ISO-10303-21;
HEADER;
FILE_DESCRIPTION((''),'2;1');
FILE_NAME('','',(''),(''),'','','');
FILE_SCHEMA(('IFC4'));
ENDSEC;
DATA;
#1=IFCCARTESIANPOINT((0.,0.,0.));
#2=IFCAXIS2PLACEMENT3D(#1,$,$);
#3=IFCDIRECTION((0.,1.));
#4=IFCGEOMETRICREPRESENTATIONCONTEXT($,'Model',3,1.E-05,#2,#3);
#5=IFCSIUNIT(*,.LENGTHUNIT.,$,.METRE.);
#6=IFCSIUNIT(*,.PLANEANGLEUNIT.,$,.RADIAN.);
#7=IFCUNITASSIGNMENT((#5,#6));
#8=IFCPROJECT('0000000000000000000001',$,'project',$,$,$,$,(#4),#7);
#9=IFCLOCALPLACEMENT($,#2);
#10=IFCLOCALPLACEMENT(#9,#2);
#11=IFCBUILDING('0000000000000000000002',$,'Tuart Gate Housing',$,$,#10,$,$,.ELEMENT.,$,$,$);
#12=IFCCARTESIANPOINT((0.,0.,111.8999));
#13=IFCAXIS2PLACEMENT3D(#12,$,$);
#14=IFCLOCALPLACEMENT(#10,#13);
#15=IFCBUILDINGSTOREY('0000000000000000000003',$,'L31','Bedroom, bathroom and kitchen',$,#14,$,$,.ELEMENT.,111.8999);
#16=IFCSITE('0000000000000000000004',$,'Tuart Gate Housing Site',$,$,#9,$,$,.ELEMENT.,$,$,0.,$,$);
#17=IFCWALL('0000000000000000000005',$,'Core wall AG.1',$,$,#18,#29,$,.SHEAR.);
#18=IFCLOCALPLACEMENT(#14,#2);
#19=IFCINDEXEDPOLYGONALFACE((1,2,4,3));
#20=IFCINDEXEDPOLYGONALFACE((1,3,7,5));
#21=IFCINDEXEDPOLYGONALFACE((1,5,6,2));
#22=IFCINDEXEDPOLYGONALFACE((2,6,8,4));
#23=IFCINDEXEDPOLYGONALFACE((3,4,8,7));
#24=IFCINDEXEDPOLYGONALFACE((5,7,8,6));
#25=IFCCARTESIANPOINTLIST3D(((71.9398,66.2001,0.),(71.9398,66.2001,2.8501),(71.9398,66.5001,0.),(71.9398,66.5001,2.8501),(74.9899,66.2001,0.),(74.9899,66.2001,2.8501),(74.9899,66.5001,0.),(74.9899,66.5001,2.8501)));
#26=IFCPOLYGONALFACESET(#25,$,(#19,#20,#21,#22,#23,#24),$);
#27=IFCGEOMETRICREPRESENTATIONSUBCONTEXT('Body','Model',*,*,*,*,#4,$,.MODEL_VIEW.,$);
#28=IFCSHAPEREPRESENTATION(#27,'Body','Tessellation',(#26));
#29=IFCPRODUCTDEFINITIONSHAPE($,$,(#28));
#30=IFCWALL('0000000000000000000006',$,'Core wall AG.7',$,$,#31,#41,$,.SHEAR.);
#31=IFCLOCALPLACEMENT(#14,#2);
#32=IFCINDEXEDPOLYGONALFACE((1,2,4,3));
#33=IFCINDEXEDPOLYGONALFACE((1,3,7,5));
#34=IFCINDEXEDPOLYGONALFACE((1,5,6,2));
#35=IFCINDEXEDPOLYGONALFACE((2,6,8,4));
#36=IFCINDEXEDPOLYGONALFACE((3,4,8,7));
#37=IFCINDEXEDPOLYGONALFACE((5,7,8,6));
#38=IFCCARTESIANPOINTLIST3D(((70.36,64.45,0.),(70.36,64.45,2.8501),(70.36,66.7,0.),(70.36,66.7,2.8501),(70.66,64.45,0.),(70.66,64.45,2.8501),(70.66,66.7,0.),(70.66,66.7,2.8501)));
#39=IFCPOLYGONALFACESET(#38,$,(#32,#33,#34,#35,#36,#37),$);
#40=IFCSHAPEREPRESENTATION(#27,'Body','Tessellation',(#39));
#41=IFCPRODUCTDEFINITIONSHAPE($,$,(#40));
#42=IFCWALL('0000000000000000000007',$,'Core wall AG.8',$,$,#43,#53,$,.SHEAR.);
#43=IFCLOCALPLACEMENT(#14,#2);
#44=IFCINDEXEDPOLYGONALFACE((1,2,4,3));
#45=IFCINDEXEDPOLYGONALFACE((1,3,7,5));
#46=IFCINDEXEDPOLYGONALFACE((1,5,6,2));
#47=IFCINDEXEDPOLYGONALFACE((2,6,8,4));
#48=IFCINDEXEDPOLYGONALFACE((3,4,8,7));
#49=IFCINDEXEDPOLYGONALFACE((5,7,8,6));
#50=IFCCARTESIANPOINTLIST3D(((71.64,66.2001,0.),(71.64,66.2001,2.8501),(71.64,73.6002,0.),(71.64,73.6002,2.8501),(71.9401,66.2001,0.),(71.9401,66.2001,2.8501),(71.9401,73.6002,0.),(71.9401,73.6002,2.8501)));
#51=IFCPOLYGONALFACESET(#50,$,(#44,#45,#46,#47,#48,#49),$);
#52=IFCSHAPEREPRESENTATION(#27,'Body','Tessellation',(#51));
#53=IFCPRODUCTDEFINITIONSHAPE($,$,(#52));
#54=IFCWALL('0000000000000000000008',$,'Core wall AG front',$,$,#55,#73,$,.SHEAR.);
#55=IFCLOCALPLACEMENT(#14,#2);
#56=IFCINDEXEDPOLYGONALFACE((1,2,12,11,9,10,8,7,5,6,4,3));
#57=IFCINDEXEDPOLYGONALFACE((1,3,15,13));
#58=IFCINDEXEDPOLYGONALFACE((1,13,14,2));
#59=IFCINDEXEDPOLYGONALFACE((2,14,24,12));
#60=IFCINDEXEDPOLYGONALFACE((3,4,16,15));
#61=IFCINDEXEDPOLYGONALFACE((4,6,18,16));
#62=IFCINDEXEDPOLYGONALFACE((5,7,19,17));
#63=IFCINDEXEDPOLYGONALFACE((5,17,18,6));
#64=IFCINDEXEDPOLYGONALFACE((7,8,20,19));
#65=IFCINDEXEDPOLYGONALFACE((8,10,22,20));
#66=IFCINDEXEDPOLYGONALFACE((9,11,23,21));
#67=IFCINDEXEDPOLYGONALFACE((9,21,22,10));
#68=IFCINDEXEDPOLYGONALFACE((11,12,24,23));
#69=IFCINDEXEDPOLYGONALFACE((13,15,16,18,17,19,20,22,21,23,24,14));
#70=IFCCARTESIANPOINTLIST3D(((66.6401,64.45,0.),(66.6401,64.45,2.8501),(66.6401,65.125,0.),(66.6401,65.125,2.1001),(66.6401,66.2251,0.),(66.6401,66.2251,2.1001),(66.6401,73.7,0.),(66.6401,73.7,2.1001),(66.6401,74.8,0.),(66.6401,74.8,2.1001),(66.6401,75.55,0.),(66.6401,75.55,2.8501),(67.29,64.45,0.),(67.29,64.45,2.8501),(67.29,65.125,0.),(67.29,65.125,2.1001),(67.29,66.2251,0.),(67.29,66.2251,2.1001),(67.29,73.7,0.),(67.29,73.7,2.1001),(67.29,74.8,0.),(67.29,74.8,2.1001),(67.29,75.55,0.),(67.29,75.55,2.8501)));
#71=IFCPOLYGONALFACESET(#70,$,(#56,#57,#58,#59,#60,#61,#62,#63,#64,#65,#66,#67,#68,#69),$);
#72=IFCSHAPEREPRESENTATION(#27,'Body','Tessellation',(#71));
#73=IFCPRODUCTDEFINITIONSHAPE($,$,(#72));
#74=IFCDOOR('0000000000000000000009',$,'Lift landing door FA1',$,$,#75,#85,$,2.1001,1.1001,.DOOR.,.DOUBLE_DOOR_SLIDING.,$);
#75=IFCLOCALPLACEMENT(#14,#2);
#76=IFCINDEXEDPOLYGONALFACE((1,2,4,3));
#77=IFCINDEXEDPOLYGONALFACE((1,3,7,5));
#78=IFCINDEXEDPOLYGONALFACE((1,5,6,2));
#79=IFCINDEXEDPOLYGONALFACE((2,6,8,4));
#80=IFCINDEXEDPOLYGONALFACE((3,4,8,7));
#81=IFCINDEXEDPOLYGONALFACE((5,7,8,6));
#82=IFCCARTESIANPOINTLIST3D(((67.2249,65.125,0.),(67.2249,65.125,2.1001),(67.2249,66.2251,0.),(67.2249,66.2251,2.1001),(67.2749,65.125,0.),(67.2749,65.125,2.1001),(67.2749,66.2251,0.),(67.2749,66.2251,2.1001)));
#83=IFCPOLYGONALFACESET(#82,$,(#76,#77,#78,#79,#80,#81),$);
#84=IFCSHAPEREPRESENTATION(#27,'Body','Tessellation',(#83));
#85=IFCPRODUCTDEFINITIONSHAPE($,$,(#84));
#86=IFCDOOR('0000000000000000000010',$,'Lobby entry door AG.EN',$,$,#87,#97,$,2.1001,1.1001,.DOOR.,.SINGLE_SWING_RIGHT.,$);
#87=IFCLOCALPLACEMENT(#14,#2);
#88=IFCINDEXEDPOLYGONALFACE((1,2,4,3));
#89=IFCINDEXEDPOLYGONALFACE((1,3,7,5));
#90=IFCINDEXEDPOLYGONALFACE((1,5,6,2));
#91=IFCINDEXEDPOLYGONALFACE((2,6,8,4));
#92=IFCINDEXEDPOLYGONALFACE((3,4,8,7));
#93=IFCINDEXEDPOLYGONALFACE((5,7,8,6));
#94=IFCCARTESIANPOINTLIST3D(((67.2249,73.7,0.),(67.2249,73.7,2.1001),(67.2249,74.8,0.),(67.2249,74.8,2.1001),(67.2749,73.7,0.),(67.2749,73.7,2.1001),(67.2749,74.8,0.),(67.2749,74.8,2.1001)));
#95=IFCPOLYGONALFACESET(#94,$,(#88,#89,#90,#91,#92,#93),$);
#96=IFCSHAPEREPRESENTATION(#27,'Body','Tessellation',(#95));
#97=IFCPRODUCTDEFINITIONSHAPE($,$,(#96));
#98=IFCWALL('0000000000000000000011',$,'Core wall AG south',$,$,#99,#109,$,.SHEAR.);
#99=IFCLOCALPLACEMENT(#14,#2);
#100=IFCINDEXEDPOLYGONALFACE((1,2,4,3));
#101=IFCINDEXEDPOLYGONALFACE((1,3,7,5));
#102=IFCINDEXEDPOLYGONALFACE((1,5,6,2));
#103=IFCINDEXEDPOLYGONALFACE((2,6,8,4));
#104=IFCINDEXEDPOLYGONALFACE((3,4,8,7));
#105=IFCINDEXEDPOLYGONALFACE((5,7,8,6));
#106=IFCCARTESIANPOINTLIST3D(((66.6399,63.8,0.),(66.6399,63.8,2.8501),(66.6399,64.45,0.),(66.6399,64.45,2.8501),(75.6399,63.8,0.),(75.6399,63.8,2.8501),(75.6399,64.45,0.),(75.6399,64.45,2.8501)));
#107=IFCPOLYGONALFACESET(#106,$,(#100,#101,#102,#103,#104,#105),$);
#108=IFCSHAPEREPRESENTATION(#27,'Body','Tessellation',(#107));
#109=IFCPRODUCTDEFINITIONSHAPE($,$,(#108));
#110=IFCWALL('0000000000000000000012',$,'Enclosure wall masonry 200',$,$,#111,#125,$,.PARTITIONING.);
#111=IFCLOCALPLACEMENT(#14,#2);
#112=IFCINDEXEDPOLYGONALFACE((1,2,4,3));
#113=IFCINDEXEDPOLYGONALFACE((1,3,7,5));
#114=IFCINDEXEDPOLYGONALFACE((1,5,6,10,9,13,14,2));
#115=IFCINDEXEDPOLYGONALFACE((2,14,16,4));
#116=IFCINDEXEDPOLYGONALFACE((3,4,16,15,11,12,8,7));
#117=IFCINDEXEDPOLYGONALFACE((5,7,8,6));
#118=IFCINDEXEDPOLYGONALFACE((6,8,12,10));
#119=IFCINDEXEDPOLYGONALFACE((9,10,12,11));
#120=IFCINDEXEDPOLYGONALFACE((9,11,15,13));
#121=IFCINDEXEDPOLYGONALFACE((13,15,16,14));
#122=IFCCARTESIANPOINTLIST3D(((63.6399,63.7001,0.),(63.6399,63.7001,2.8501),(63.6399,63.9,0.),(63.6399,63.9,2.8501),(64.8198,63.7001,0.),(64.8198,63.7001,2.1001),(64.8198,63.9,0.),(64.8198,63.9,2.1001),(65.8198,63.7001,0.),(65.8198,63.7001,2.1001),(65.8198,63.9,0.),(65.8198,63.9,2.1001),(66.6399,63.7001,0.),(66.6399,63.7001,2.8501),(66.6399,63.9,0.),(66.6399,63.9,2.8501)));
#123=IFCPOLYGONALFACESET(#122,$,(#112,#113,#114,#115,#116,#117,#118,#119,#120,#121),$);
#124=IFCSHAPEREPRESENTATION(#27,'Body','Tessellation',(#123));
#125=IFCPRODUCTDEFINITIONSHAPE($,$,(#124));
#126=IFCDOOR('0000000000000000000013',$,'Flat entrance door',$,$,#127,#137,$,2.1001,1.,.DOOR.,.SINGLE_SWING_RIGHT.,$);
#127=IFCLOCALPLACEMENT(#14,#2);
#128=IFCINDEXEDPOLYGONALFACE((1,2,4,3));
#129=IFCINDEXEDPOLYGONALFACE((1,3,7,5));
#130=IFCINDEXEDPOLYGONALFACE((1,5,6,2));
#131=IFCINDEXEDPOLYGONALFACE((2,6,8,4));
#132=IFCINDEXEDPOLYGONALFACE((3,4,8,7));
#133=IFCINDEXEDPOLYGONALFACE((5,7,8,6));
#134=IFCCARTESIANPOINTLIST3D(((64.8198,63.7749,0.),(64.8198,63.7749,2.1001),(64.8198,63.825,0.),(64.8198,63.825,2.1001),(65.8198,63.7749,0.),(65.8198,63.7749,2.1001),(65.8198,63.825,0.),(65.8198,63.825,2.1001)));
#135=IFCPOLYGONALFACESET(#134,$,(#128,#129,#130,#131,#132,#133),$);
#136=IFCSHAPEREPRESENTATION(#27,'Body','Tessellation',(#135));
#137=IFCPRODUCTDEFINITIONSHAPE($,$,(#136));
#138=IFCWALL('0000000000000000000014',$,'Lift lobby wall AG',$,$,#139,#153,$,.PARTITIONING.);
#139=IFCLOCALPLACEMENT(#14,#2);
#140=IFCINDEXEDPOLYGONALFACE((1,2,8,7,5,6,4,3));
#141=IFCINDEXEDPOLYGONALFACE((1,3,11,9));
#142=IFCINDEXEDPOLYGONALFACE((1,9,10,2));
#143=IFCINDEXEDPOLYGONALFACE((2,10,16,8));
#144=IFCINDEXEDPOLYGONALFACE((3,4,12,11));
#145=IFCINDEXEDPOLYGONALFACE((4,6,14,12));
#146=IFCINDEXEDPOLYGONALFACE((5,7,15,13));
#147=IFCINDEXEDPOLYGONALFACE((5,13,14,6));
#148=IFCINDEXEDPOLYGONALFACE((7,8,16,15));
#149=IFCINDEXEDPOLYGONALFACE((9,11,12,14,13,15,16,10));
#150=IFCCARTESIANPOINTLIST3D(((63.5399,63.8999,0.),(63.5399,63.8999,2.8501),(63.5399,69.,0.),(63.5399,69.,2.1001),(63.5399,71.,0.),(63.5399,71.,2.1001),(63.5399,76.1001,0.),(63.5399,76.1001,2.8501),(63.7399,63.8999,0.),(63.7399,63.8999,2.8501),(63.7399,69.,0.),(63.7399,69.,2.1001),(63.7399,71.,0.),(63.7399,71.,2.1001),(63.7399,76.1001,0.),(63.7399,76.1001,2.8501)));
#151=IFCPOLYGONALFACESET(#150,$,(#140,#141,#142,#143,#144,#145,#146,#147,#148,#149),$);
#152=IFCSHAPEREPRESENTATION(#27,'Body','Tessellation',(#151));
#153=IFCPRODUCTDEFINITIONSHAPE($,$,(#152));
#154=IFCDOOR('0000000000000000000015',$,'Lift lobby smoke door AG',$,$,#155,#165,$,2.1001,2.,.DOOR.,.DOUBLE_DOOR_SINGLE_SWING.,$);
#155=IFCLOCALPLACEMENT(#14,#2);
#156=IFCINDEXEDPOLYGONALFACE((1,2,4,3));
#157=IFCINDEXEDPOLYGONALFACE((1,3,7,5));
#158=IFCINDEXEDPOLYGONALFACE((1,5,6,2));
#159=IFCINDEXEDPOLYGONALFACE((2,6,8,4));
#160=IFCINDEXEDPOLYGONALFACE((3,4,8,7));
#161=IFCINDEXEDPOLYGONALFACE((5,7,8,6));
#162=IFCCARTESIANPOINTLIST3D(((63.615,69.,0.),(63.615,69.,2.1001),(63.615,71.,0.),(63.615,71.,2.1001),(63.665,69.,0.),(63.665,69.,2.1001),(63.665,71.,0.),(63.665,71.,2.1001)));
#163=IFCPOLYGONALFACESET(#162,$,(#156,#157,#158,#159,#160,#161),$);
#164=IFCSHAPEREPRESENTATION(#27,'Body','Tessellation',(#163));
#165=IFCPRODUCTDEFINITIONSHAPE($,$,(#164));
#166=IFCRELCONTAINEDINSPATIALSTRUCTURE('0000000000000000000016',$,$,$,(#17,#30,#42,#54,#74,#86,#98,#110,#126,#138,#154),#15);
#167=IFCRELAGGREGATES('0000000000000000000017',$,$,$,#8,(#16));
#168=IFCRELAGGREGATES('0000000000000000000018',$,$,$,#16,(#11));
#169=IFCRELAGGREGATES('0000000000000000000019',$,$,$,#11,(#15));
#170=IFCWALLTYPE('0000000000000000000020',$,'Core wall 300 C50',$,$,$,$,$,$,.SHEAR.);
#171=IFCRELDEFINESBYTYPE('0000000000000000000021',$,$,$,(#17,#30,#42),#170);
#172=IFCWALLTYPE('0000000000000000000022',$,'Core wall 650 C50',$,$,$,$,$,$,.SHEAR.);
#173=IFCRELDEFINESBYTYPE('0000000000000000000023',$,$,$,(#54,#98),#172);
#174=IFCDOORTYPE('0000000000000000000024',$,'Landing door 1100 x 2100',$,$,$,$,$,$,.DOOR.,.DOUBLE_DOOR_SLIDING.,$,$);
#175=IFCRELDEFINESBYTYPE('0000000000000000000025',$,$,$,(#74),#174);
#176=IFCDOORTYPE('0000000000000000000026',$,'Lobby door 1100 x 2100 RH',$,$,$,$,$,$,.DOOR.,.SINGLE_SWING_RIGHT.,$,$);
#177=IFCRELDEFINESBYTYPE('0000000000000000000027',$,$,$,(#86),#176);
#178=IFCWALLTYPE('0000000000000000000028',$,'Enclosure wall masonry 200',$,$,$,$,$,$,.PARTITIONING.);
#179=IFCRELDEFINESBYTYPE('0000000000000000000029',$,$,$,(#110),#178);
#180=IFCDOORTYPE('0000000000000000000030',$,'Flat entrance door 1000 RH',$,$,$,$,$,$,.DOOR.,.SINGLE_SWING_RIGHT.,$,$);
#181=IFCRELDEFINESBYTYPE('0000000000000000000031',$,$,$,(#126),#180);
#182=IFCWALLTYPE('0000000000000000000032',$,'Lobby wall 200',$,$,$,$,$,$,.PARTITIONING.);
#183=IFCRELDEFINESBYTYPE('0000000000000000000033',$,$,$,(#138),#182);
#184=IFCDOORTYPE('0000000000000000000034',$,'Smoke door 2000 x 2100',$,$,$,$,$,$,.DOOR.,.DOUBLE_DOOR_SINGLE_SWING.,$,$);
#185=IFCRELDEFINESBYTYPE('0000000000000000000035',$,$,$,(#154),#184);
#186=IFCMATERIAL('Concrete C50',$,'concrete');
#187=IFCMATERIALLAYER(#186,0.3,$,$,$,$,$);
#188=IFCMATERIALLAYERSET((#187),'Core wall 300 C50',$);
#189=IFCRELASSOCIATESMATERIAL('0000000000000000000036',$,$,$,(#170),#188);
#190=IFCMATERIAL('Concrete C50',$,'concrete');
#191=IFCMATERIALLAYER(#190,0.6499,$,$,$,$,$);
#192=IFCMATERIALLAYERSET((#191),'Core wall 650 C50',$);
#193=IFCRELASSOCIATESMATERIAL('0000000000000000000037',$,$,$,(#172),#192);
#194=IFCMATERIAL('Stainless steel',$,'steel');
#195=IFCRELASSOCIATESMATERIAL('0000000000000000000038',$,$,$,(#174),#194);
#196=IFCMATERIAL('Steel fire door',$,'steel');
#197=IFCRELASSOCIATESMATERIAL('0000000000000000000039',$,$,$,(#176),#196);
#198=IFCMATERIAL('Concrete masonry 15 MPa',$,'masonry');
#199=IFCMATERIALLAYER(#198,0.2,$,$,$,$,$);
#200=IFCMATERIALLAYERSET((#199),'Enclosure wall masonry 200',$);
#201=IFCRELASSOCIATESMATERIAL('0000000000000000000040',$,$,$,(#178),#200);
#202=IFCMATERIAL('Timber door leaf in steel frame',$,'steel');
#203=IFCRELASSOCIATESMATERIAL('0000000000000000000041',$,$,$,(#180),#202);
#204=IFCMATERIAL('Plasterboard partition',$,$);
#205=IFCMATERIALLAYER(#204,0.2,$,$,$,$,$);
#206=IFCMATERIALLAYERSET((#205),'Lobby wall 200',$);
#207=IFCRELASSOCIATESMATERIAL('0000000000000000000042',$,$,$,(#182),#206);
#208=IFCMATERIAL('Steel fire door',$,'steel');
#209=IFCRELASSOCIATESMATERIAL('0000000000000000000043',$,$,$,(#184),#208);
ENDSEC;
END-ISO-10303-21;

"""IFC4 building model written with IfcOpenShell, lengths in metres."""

from ifc_helpers import new_model, si_unit, direction, frame, frame_2d, origin, place, context, subcontext, project, spatial, rectangle, extrude, material, layer, layer_set, type_object, element, fill, save


model = new_model("IFC4")

# Units and contexts
model_context = context("Model", 3, precision=1e-05, world=origin(), true_north=direction((0.0, 1.0)))
body_context = subcontext(model_context, "Body", "Model", "MODEL_VIEW")
ifc_project = project(units=[si_unit("LENGTHUNIT", "METRE"), si_unit("PLANEANGLEUNIT", "RADIAN")], contexts=[model_context])

# Site, building, storey
site_placement = place(None, origin())
site = spatial("IfcSite", under=ifc_project, at=site_placement, Name="Tuart Gate Housing Site", CompositionType="ELEMENT", RefElevation=0.0)
building_placement = place(site_placement, origin())
building = spatial("IfcBuilding", under=site, at=building_placement, Name="Tuart Gate Housing", CompositionType="ELEMENT")
storey_placement = place(building_placement, frame((0.0, 0.0, 111.8999)))
storey = spatial("IfcBuildingStorey", under=building, at=storey_placement, Name="L31", Description="Bedroom, bathroom and kitchen", CompositionType="ELEMENT", Elevation=111.8999)

# Walls
ifc_material_1 = material(Name="Concrete C50", Category="concrete")
ifc_layer_1 = layer(ifc_material_1, 0.3)
ifc_layer_set_1 = layer_set([ifc_layer_1], Name="Core wall 300 C50")
wall_type_1 = type_object("IfcWallType", Name="Core wall 300 C50", PredefinedType="SHEAR", material=ifc_layer_set_1)
wall_1_placement = place(storey_placement, frame((71.9399, 66.3501, 0.0), z_axis=(0.0, 0.0, 1.0), x_axis=(1.0, 0.0, 0.0)))
element("IfcWall", 1, at=wall_1_placement, inside=storey, type_object=wall_type_1, Name="Core wall AG.1", PredefinedType="SHEAR", context=body_context, shape_type="SweptSolid", body=[
    extrude(rectangle(XDim=3.05, YDim=0.3, at=frame_2d((1.5249, 0.0))), origin(), (0.0, 0.0, 1.0), 2.8501),
])
wall_2_placement = place(storey_placement, frame((70.51, 64.45, 0.0), z_axis=(0.0, 0.0, 1.0), x_axis=(0.0, 1.0, 0.0)))
element("IfcWall", 2, at=wall_2_placement, inside=storey, type_object=wall_type_1, Name="Core wall AG.7", PredefinedType="SHEAR", context=body_context, shape_type="SweptSolid", body=[
    extrude(rectangle(XDim=2.25, YDim=0.3, at=frame_2d((1.125, 0.0))), origin(), (0.0, 0.0, 1.0), 2.8501),
])
wall_3_placement = place(storey_placement, frame((71.79, 66.2, 0.0), z_axis=(0.0, 0.0, 1.0), x_axis=(0.0, 1.0, 0.0)))
element("IfcWall", 3, at=wall_3_placement, inside=storey, type_object=wall_type_1, Name="Core wall AG.8", PredefinedType="SHEAR", context=body_context, shape_type="SweptSolid", body=[
    extrude(rectangle(XDim=7.4001, YDim=0.3, at=frame_2d((3.7002, 0.0))), origin(), (0.0, 0.0, 1.0), 2.8501),
])

# Wall, openings, doors
ifc_material_2 = material(Name="Concrete C50", Category="concrete")
ifc_layer_2 = layer(ifc_material_2, 0.6499)
ifc_layer_set_2 = layer_set([ifc_layer_2], Name="Core wall 650 C50")
wall_type_2 = type_object("IfcWallType", Name="Core wall 650 C50", PredefinedType="SHEAR", material=ifc_layer_set_2)
wall_4_placement = place(storey_placement, frame((66.9651, 64.45, 0.0), z_axis=(0.0, 0.0, 1.0), x_axis=(0.0, 1.0, 0.0)))
wall_4 = element("IfcWall", 4, at=wall_4_placement, inside=storey, type_object=wall_type_2, Name="Core wall AG front", PredefinedType="SHEAR", context=body_context, shape_type="SweptSolid", body=[
    extrude(rectangle(XDim=11.1001, YDim=0.6499, at=frame_2d((5.55, 0.0))), origin(), (0.0, 0.0, 1.0), 2.8501),
])
opening_1_placement = place(wall_4_placement, frame((0.675, 0.0, 0.0)))
opening_1 = element("IfcOpeningElement", 5, at=opening_1_placement, cuts=wall_4, PredefinedType="OPENING", context=body_context, shape_type="SweptSolid", body=[
    extrude(rectangle(XDim=1.1001, YDim=2.1001, at=frame_2d((0.55, 1.05))), frame((0.0, 0.335, 0.0), z_axis=(0.0, -1.0, 0.0), x_axis=(1.0, 0.0, 0.0)), (0.0, 0.0, 1.0), 0.6699),
])
opening_2_placement = place(wall_4_placement, frame((9.25, 0.0, 0.0)))
opening_2 = element("IfcOpeningElement", 6, at=opening_2_placement, cuts=wall_4, PredefinedType="OPENING", context=body_context, shape_type="SweptSolid", body=[
    extrude(rectangle(XDim=1.1001, YDim=2.1001, at=frame_2d((0.55, 1.05))), frame((0.0, 0.335, 0.0), z_axis=(0.0, -1.0, 0.0), x_axis=(1.0, 0.0, 0.0)), (0.0, 0.0, 1.0), 0.6699),
])
ifc_material_3 = material(Name="Stainless steel", Category="steel")
door_type_1 = type_object("IfcDoorType", Name="Landing door 1100 x 2100", OperationType="DOUBLE_DOOR_SLIDING", PredefinedType="DOOR", material=ifc_material_3)
door_1_placement = place(opening_1_placement, origin())
door_1 = element("IfcDoor", 7, at=door_1_placement, inside=storey, type_object=door_type_1, Name="Lift landing door FA1", OperationType="DOUBLE_DOOR_SLIDING", OverallHeight=2.1001, OverallWidth=1.1001, PredefinedType="DOOR", context=body_context, shape_type="SweptSolid", body=[
    extrude(rectangle(XDim=1.1001, YDim=2.1001, at=frame_2d((0.55, 1.05))), frame((0.0, -0.2598, 0.0), z_axis=(0.0, -1.0, 0.0), x_axis=(1.0, 0.0, 0.0)), (0.0, 0.0, 1.0), 0.05),
])
fill(opening_1, door_1)
ifc_material_4 = material(Name="Steel fire door", Category="steel")
door_type_2 = type_object("IfcDoorType", Name="Lobby door 1100 x 2100 RH", OperationType="SINGLE_SWING_RIGHT", PredefinedType="DOOR", material=ifc_material_4)
door_2_placement = place(opening_2_placement, frame((1.1001, 0.0, 0.0), z_axis=(0.0, 0.0, 1.0), x_axis=(-1.0, 0.0, 0.0)))
door_2 = element("IfcDoor", 8, at=door_2_placement, inside=storey, type_object=door_type_2, Name="Lobby entry door AG.EN", OperationType="SINGLE_SWING_RIGHT", OverallHeight=2.1001, OverallWidth=1.1001, PredefinedType="DOOR", context=body_context, shape_type="SweptSolid", body=[
    extrude(rectangle(XDim=1.1001, YDim=2.1001, at=frame_2d((0.55, 1.05))), frame((0.0, 0.3098, 0.0), z_axis=(0.0, -1.0, 0.0), x_axis=(1.0, 0.0, 0.0)), (0.0, 0.0, 1.0), 0.05),
])
fill(opening_2, door_2)

# Wall
wall_5_placement = place(storey_placement, frame((66.6399, 64.125, 0.0), z_axis=(0.0, 0.0, 1.0), x_axis=(1.0, 0.0, 0.0)))
element("IfcWall", 9, at=wall_5_placement, inside=storey, type_object=wall_type_2, Name="Core wall AG south", PredefinedType="SHEAR", context=body_context, shape_type="SweptSolid", body=[
    extrude(rectangle(XDim=9.0, YDim=0.6499, at=frame_2d((4.5, 0.0))), origin(), (0.0, 0.0, 1.0), 2.8501),
])

# Walls, openings, doors
ifc_material_5 = material(Name="Concrete masonry 15 MPa", Category="masonry")
ifc_layer_3 = layer(ifc_material_5, 0.2)
ifc_layer_set_3 = layer_set([ifc_layer_3], Name="Enclosure wall masonry 200")
wall_type_3 = type_object("IfcWallType", Name="Enclosure wall masonry 200", PredefinedType="PARTITIONING", material=ifc_layer_set_3)
wall_6_placement = place(storey_placement, frame((63.6399, 63.8, 0.0), z_axis=(0.0, 0.0, 1.0), x_axis=(1.0, 0.0, 0.0)))
wall_6 = element("IfcWall", 10, at=wall_6_placement, inside=storey, type_object=wall_type_3, Name="Enclosure wall masonry 200", PredefinedType="PARTITIONING", context=body_context, shape_type="SweptSolid", body=[
    extrude(rectangle(XDim=3.0, YDim=0.2, at=frame_2d((1.5, 0.0))), origin(), (0.0, 0.0, 1.0), 2.8501),
])
opening_3_placement = place(wall_6_placement, frame((1.1799, 0.0, 0.0)))
opening_3 = element("IfcOpeningElement", 11, at=opening_3_placement, cuts=wall_6, PredefinedType="OPENING", context=body_context, shape_type="SweptSolid", body=[
    extrude(rectangle(XDim=1.0, YDim=2.1001, at=frame_2d((0.5, 1.05))), frame((0.0, 0.1099, 0.0), z_axis=(0.0, -1.0, 0.0), x_axis=(1.0, 0.0, 0.0)), (0.0, 0.0, 1.0), 0.22),
])
ifc_material_6 = material(Name="Timber door leaf in steel frame", Category="steel")
door_type_3 = type_object("IfcDoorType", Name="Flat entrance door 1000 RH", OperationType="SINGLE_SWING_RIGHT", PredefinedType="DOOR", material=ifc_material_6)
door_3_placement = place(opening_3_placement, frame((1.0, 0.0, 0.0), z_axis=(0.0, 0.0, 1.0), x_axis=(-1.0, 0.0, 0.0)))
door_3 = element("IfcDoor", 12, at=door_3_placement, inside=storey, type_object=door_type_3, Name="Flat entrance door", OperationType="SINGLE_SWING_RIGHT", OverallHeight=2.1001, OverallWidth=1.0, PredefinedType="DOOR", context=body_context, shape_type="SweptSolid", body=[
    extrude(rectangle(XDim=1.0, YDim=2.1001, at=frame_2d((0.5, 1.05))), frame((0.0, 0.0251, 0.0), z_axis=(0.0, -1.0, 0.0), x_axis=(1.0, 0.0, 0.0)), (0.0, 0.0, 1.0), 0.05),
])
fill(opening_3, door_3)
ifc_material_7 = material(Name="Plasterboard partition")
ifc_layer_4 = layer(ifc_material_7, 0.2)
ifc_layer_set_4 = layer_set([ifc_layer_4], Name="Lobby wall 200")
wall_type_4 = type_object("IfcWallType", Name="Lobby wall 200", PredefinedType="PARTITIONING", material=ifc_layer_set_4)
wall_7_placement = place(storey_placement, frame((63.6399, 63.8999, 0.0), z_axis=(0.0, 0.0, 1.0), x_axis=(0.0, 1.0, 0.0)))
wall_7 = element("IfcWall", 13, at=wall_7_placement, inside=storey, type_object=wall_type_4, Name="Lift lobby wall AG", PredefinedType="PARTITIONING", context=body_context, shape_type="SweptSolid", body=[
    extrude(rectangle(XDim=12.2002, YDim=0.2, at=frame_2d((6.1001, 0.0))), origin(), (0.0, 0.0, 1.0), 2.8501),
])
opening_4_placement = place(wall_7_placement, frame((5.1001, 0.0, 0.0)))
opening_4 = element("IfcOpeningElement", 14, at=opening_4_placement, cuts=wall_7, PredefinedType="OPENING", context=body_context, shape_type="SweptSolid", body=[
    extrude(rectangle(XDim=2.0, YDim=2.1001, at=frame_2d((1.0, 1.05))), frame((0.0, 0.1099, 0.0), z_axis=(0.0, -1.0, 0.0), x_axis=(1.0, 0.0, 0.0)), (0.0, 0.0, 1.0), 0.22),
])
ifc_material_8 = material(Name="Steel fire door", Category="steel")
door_type_4 = type_object("IfcDoorType", Name="Smoke door 2000 x 2100", OperationType="DOUBLE_DOOR_SINGLE_SWING", PredefinedType="DOOR", material=ifc_material_8)
door_4_placement = place(opening_4_placement, frame((2.0, 0.0, 0.0), z_axis=(0.0, 0.0, 1.0), x_axis=(-1.0, 0.0, 0.0)))
door_4 = element("IfcDoor", 15, at=door_4_placement, inside=storey, type_object=door_type_4, Name="Lift lobby smoke door AG", OperationType="DOUBLE_DOOR_SINGLE_SWING", OverallHeight=2.1001, OverallWidth=2.0, PredefinedType="DOOR", context=body_context, shape_type="SweptSolid", body=[
    extrude(rectangle(XDim=2.0, YDim=2.1001, at=frame_2d((1.0, 1.05))), frame((0.0, 0.0251, 0.0), z_axis=(0.0, -1.0, 0.0), x_axis=(1.0, 0.0, 0.0)), (0.0, 0.0, 1.0), 0.05),
])
fill(opening_4, door_4)

save(model, "model.ifc")
